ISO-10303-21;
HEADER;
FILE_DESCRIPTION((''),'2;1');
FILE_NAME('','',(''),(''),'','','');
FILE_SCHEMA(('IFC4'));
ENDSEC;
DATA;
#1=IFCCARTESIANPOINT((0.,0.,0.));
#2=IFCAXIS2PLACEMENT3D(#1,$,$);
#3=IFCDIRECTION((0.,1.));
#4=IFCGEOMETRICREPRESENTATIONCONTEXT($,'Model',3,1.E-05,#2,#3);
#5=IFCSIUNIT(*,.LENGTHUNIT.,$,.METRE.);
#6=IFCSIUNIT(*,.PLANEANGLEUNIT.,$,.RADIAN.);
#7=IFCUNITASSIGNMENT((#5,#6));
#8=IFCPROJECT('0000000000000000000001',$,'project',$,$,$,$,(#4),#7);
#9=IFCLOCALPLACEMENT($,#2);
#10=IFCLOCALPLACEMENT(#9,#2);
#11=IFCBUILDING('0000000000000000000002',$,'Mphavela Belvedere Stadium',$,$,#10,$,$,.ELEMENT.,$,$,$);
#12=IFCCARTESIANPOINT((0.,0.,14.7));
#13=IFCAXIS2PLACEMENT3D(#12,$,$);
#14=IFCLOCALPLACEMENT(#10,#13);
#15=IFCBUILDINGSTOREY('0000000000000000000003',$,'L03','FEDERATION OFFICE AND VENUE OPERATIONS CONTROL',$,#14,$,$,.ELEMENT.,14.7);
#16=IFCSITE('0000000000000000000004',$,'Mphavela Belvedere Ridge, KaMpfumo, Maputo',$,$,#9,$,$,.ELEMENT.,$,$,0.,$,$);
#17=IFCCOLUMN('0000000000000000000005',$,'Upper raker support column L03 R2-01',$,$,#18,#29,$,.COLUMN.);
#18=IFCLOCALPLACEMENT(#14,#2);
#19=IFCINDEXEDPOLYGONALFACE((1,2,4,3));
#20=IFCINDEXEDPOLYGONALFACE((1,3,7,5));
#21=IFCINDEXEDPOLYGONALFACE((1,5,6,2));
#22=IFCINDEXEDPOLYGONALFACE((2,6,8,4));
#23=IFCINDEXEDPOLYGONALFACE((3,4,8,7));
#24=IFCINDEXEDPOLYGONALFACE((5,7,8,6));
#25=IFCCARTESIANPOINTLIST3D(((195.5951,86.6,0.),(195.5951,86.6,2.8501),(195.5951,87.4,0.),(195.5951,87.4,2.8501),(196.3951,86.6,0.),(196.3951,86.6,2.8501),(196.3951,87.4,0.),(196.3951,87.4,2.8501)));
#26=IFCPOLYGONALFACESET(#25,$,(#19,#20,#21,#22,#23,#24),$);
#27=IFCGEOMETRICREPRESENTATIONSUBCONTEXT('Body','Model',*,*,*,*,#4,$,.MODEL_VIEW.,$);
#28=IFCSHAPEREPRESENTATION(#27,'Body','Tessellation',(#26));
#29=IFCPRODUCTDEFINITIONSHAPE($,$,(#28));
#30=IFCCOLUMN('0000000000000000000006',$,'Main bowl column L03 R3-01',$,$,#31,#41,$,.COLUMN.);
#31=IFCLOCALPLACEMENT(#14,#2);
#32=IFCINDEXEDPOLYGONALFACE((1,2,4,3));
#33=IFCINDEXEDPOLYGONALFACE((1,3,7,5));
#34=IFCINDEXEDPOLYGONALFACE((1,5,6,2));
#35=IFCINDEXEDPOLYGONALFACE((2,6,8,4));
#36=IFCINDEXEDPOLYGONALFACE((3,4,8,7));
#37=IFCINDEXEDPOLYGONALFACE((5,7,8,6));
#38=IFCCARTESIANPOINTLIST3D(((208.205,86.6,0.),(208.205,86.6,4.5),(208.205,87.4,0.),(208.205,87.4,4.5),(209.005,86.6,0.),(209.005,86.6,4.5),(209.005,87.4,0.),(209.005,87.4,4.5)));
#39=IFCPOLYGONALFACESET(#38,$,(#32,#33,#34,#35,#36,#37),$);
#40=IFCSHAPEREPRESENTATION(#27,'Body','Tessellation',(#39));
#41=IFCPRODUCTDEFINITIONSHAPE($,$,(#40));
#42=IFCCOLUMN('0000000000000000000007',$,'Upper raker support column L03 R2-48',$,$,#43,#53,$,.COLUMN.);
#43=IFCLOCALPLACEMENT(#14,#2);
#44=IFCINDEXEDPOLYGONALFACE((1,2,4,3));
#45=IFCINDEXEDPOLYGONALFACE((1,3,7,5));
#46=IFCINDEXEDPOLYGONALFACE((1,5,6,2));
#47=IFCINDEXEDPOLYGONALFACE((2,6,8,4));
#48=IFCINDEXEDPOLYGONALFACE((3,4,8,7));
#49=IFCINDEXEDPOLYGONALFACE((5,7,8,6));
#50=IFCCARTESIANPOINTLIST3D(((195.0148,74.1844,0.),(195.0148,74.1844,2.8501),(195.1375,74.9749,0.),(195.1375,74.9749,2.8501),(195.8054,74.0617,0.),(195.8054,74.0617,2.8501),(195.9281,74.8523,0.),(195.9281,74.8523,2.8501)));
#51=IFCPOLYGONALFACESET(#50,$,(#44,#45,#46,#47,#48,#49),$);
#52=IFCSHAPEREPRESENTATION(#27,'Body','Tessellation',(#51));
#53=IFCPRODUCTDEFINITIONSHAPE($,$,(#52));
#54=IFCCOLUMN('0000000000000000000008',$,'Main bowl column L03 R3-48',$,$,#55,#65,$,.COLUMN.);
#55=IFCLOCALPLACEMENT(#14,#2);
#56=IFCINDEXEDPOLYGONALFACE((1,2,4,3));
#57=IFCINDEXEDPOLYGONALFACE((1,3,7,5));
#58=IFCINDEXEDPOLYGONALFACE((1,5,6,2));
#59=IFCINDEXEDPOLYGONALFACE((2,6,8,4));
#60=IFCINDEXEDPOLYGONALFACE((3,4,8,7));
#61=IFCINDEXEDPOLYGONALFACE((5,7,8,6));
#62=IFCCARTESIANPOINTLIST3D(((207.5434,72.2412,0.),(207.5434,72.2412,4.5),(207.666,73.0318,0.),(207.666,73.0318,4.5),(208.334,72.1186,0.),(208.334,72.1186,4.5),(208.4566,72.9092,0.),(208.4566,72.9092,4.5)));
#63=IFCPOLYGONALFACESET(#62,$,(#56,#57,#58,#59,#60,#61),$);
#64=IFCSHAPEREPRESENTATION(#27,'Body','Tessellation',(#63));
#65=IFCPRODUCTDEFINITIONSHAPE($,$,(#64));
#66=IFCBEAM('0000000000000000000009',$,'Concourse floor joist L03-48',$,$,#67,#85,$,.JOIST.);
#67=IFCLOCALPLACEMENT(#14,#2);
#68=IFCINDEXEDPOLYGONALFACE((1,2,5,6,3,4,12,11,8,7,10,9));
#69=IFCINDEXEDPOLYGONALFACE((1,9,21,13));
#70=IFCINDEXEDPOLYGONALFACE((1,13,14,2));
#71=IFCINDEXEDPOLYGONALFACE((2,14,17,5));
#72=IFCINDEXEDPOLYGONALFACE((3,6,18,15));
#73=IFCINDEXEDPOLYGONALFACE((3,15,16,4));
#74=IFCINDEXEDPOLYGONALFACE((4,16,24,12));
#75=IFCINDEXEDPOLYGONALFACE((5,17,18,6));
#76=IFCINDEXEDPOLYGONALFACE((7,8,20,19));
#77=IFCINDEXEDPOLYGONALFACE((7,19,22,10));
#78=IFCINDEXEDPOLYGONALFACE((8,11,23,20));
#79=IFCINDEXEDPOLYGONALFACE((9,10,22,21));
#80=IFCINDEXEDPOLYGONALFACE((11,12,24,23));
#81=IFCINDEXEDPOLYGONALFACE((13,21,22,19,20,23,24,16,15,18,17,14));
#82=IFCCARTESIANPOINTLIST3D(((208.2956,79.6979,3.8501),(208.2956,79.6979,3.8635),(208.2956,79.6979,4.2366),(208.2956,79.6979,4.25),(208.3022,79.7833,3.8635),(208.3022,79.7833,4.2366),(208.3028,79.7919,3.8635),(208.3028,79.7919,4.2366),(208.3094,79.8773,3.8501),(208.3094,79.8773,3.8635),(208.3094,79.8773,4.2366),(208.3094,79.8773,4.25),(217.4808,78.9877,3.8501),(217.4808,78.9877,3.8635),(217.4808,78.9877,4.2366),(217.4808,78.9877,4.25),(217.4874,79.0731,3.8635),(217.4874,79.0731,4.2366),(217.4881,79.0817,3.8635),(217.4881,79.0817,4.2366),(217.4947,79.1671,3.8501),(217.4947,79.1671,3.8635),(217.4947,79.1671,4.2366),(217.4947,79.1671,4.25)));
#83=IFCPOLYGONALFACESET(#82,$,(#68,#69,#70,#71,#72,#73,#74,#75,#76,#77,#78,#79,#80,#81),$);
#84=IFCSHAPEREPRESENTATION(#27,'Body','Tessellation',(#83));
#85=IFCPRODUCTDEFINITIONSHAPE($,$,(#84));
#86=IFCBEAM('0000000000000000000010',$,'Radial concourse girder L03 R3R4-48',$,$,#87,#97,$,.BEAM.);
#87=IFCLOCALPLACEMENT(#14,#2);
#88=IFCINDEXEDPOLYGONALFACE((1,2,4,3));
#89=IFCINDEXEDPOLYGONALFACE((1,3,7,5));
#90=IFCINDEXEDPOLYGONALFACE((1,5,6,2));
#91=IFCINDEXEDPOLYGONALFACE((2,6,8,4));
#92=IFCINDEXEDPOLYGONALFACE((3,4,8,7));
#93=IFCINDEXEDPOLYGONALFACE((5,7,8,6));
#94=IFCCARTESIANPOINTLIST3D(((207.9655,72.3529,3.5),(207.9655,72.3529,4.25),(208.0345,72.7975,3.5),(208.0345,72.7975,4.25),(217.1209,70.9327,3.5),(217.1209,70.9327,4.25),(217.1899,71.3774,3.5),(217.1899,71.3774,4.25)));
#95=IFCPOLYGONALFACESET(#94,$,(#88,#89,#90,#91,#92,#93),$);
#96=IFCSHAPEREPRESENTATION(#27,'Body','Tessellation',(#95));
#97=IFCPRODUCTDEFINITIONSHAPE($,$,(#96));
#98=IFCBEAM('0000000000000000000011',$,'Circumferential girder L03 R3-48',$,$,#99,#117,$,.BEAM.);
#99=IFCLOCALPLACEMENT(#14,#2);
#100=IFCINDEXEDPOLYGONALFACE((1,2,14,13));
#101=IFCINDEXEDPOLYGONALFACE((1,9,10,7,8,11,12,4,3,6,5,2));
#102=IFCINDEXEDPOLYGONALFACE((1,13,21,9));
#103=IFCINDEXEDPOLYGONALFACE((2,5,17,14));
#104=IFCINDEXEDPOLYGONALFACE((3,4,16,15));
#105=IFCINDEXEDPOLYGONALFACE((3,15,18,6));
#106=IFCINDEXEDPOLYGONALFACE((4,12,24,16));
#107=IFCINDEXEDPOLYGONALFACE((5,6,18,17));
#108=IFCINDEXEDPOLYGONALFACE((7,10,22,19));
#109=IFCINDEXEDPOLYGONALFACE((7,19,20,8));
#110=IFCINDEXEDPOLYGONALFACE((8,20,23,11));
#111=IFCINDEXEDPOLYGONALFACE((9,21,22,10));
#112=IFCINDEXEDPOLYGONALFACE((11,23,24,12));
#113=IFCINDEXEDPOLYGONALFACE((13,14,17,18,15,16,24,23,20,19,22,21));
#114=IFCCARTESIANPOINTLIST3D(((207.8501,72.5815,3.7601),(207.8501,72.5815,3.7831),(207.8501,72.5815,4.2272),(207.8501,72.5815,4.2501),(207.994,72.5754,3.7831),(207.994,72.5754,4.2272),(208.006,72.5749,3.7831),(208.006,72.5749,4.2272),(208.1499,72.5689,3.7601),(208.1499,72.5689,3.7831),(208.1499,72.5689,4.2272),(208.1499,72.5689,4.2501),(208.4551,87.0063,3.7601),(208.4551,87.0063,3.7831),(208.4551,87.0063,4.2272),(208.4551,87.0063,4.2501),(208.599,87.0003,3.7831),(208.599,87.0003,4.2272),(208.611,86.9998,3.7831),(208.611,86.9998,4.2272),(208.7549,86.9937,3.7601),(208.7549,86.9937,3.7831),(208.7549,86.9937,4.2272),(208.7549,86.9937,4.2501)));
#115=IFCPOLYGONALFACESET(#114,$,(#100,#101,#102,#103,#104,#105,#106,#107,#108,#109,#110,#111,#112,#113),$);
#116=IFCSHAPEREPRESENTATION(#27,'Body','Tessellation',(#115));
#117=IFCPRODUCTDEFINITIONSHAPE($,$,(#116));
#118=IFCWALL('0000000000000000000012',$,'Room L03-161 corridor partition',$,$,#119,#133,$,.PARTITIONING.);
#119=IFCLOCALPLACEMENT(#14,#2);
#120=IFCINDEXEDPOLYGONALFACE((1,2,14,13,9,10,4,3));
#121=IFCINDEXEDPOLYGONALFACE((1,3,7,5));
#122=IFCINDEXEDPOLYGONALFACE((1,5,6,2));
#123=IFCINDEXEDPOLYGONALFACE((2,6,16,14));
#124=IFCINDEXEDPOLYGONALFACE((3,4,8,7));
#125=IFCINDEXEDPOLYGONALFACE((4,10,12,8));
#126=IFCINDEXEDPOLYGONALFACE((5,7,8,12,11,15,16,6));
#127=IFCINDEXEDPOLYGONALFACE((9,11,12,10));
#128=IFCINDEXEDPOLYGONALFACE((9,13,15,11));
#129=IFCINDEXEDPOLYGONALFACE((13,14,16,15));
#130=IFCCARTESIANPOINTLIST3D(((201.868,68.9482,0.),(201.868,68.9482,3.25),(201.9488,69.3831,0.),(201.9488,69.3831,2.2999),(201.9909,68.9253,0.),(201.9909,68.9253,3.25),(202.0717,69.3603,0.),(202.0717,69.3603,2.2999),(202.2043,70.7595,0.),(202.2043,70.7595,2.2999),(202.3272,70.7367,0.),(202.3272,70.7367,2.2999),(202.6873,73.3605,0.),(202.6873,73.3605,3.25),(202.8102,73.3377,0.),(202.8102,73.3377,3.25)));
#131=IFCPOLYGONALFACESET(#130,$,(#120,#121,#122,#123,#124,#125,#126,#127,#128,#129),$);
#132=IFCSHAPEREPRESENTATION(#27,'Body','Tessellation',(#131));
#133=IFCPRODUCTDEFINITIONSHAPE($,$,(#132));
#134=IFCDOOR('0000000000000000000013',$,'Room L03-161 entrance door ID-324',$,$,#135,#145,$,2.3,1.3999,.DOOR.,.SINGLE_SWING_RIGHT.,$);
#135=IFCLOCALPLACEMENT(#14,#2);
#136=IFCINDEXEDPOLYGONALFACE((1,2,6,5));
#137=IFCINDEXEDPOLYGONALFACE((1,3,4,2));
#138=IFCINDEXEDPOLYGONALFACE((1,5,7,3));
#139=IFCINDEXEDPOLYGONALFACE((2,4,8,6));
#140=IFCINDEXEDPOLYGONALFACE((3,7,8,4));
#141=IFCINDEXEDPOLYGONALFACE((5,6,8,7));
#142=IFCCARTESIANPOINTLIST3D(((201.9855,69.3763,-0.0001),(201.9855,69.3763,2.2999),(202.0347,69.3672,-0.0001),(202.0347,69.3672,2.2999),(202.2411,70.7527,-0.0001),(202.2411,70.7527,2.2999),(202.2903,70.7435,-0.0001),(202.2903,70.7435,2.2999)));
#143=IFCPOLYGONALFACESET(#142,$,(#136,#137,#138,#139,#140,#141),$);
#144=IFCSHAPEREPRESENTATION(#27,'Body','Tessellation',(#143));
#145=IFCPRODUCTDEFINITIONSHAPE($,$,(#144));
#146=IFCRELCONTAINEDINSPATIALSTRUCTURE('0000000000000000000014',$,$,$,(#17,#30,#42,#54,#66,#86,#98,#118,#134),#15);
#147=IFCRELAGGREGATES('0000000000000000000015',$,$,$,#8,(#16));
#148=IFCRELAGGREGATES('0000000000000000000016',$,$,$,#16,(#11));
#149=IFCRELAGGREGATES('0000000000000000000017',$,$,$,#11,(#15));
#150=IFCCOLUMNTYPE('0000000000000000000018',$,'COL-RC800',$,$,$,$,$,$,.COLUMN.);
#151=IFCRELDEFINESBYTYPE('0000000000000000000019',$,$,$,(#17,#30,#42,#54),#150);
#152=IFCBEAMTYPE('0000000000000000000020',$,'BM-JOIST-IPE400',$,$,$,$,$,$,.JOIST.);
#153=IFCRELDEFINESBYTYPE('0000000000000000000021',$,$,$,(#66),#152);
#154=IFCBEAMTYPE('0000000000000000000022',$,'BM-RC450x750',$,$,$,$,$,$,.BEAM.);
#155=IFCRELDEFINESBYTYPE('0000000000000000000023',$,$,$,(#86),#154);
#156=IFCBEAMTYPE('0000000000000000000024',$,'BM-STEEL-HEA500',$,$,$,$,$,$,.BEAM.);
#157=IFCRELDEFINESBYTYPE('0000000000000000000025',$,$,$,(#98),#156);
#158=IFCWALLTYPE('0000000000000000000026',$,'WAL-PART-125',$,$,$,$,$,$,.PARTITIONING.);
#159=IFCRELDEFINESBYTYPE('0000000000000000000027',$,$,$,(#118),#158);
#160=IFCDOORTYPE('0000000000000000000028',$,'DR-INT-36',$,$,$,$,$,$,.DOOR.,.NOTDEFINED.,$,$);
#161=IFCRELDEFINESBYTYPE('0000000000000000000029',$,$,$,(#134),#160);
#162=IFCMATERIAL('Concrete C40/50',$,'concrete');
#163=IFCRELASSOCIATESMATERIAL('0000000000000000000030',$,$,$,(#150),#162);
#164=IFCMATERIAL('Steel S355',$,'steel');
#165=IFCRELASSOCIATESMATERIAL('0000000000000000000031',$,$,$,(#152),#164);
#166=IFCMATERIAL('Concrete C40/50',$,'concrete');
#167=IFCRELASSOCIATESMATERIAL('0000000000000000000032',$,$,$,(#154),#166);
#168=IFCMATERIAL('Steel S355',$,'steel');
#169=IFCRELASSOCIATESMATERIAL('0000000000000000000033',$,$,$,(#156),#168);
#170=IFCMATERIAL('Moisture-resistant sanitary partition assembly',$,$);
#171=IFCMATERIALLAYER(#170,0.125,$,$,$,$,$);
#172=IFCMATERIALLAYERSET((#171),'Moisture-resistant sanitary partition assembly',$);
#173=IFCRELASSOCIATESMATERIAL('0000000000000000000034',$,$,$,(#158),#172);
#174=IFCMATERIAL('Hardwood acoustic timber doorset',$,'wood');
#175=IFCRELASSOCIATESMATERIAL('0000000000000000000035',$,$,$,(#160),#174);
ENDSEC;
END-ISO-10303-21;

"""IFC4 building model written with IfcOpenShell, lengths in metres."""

from ifc_helpers import new_model, si_unit, direction, frame, frame_2d, origin, origin_2d, place, context, subcontext, project, spatial, rectangle, i_section, extrude, material, layer, layer_set, material_profile, profile_set, type_object, element, fill, save


model = new_model("IFC4")

# Units and contexts
model_context = context("Model", 3, precision=1e-05, world=origin(), true_north=direction((0.0, 1.0)))
body_context = subcontext(model_context, "Body", "Model", "MODEL_VIEW")
ifc_project = project(units=[si_unit("LENGTHUNIT", "METRE"), si_unit("PLANEANGLEUNIT", "RADIAN")], contexts=[model_context])

# Site, building, storey
site_placement = place(None, origin())
site = spatial("IfcSite", under=ifc_project, at=site_placement, Name="Mphavela Belvedere Ridge, KaMpfumo, Maputo", CompositionType="ELEMENT", RefElevation=0.0)
building_placement = place(site_placement, origin())
building = spatial("IfcBuilding", under=site, at=building_placement, Name="Mphavela Belvedere Stadium", CompositionType="ELEMENT")
storey_placement = place(building_placement, frame((0.0, 0.0, 14.7)))
storey = spatial("IfcBuildingStorey", under=building, at=storey_placement, Name="L03", Description="FEDERATION OFFICE AND VENUE OPERATIONS CONTROL", CompositionType="ELEMENT", Elevation=14.7)

# Columns
ifc_material_1 = material(Name="Concrete C40/50", Category="concrete")
ifc_material_profile_1 = material_profile(ifc_material_1, rectangle(XDim=0.8, YDim=0.8, at=origin_2d()), Name="RC 800x800")
ifc_profile_set_1 = profile_set([ifc_material_profile_1], Name="Concrete C40/50")
column_type = type_object("IfcColumnType", Name="COL-RC800", PredefinedType="COLUMN", material=ifc_profile_set_1)
column_1_placement = place(storey_placement, frame((195.9951, 87.0, 0.0), z_axis=(0.0, 0.0, 1.0), x_axis=(1.0, 0.0, 0.0)))
element("IfcColumn", 1, at=column_1_placement, inside=storey, type_object=column_type, Name="Upper raker support column L03 R2-01", PredefinedType="COLUMN", context=body_context, shape_type="SweptSolid", body=[
    extrude(rectangle(XDim=0.8, YDim=0.8, at=origin_2d()), origin(), (0.0, 0.0, 1.0), 2.8501),
])
column_2_placement = place(storey_placement, frame((208.605, 87.0, 0.0), z_axis=(0.0, 0.0, 1.0), x_axis=(1.0, 0.0, 0.0)))
element("IfcColumn", 2, at=column_2_placement, inside=storey, type_object=column_type, Name="Main bowl column L03 R3-01", PredefinedType="COLUMN", context=body_context, shape_type="SweptSolid", body=[
    extrude(rectangle(XDim=0.8, YDim=0.8, at=origin_2d()), origin(), (0.0, 0.0, 1.0), 4.5),
])
column_3_placement = place(storey_placement, frame((195.4714, 74.5183, 0.0), z_axis=(0.0, 0.0, 1.0), x_axis=(0.988175, -0.153331, 0.0)))
element("IfcColumn", 3, at=column_3_placement, inside=storey, type_object=column_type, Name="Upper raker support column L03 R2-48", PredefinedType="COLUMN", context=body_context, shape_type="SweptSolid", body=[
    extrude(rectangle(XDim=0.8, YDim=0.8, at=origin_2d()), origin(), (0.0, 0.0, 1.0), 2.8501),
])
column_4_placement = place(storey_placement, frame((208.0, 72.5752, 0.0), z_axis=(0.0, 0.0, 1.0), x_axis=(0.988175, -0.153331, 0.0)))
element("IfcColumn", 4, at=column_4_placement, inside=storey, type_object=column_type, Name="Main bowl column L03 R3-48", PredefinedType="COLUMN", context=body_context, shape_type="SweptSolid", body=[
    extrude(rectangle(XDim=0.8, YDim=0.8, at=origin_2d()), origin(), (0.0, 0.0, 1.0), 4.5),
])

# Beams
ifc_material_2 = material(Name="Steel S355", Category="steel")
ifc_material_profile_2 = material_profile(ifc_material_2, i_section(OverallWidth=0.1799, OverallDepth=0.3999, WebThickness=0.0085, FlangeThickness=0.0134, at=origin_2d()), Name="IPE 400")
ifc_profile_set_2 = profile_set([ifc_material_profile_2], Name="Steel S355")
beam_type_1 = type_object("IfcBeamType", Name="BM-JOIST-IPE400", PredefinedType="JOIST", material=ifc_profile_set_2)
beam_1_placement = place(storey_placement, frame((208.3025, 79.7876, 4.05), z_axis=(0.997024, -0.07709, 0.0), x_axis=(0.07709, 0.997024, 0.0)))
element("IfcBeam", 5, at=beam_1_placement, inside=storey, type_object=beam_type_1, Name="Concourse floor joist L03-48", PredefinedType="JOIST", context=body_context, shape_type="SweptSolid", body=[
    extrude(i_section(OverallWidth=0.1799, OverallDepth=0.3999, WebThickness=0.0085, FlangeThickness=0.0134, at=origin_2d()), origin(), (0.0, 0.0, 1.0), 9.2126),
])
ifc_material_3 = material(Name="Concrete C40/50", Category="concrete")
ifc_material_profile_3 = material_profile(ifc_material_3, rectangle(XDim=0.45, YDim=0.75, at=origin_2d()), Name="RC 450x750")
ifc_profile_set_3 = profile_set([ifc_material_profile_3], Name="Concrete C40/50")
beam_type_2 = type_object("IfcBeamType", Name="BM-RC450x750", PredefinedType="BEAM", material=ifc_profile_set_3)
beam_2_placement = place(storey_placement, frame((208.0, 72.5752, 3.875), z_axis=(0.988182, -0.153283, 0.0), x_axis=(0.153283, 0.988182, 0.0)))
element("IfcBeam", 6, at=beam_2_placement, inside=storey, type_object=beam_type_2, Name="Radial concourse girder L03 R3R4-48", PredefinedType="BEAM", context=body_context, shape_type="SweptSolid", body=[
    extrude(rectangle(XDim=0.45, YDim=0.75, at=origin_2d()), origin(), (0.0, 0.0, 1.0), 9.2649),
])
ifc_material_4 = material(Name="Steel S355", Category="steel")
ifc_material_profile_4 = material_profile(ifc_material_4, i_section(OverallWidth=0.3, OverallDepth=0.49, WebThickness=0.012, FlangeThickness=0.0229, at=origin_2d()), Name="HEA 500")
ifc_profile_set_4 = profile_set([ifc_material_profile_4], Name="Steel S355")
beam_type_3 = type_object("IfcBeamType", Name="BM-STEEL-HEA500", PredefinedType="BEAM", material=ifc_profile_set_4)
beam_3_placement = place(storey_placement, frame((208.0, 72.5752, 4.0051), z_axis=(0.041903, 0.999122, 0.0), x_axis=(-0.999122, 0.041903, 0.0)))
element("IfcBeam", 7, at=beam_3_placement, inside=storey, type_object=beam_type_3, Name="Circumferential girder L03 R3-48", PredefinedType="BEAM", context=body_context, shape_type="SweptSolid", body=[
    extrude(i_section(OverallWidth=0.3, OverallDepth=0.49, WebThickness=0.012, FlangeThickness=0.0229, at=origin_2d()), origin(), (0.0, 0.0, 1.0), 14.4375),
])

# Wall, opening, door
ifc_material_5 = material(Name="Moisture-resistant sanitary partition assembly")
ifc_layer_1 = layer(ifc_material_5, 0.125)
ifc_layer_set_1 = layer_set([ifc_layer_1], Name="Moisture-resistant sanitary partition assembly")
wall_type_1 = type_object("IfcWallType", Name="WAL-PART-125", PredefinedType="PARTITIONING", material=ifc_layer_set_1)
wall_1_placement = place(storey_placement, frame((202.7488, 73.3491, 0.0), z_axis=(0.0, 0.0, 1.0), x_axis=(-0.18257, -0.983193, 0.0)))
wall_1 = element("IfcWall", 8, at=wall_1_placement, inside=storey, type_object=wall_type_1, Name="Room L03-161 corridor partition", PredefinedType="PARTITIONING", context=body_context, shape_type="SweptSolid", body=[
    extrude(rectangle(XDim=4.4878, YDim=0.125, at=frame_2d((2.2439, 0.0))), origin(), (0.0, 0.0, 1.0), 3.25),
])
opening_1_placement = place(wall_1_placement, frame((2.6455, 0.0, 0.0)))
opening_1 = element("IfcOpeningElement", 9, at=opening_1_placement, cuts=wall_1, PredefinedType="OPENING", context=body_context, shape_type="SweptSolid", body=[
    extrude(rectangle(XDim=1.3999, YDim=2.3, at=frame_2d((0.7, 1.1499))), frame((0.0, 0.0725, 0.0), z_axis=(0.0, -1.0, 0.0), x_axis=(1.0, 0.0, 0.0)), (0.0, 0.0, 1.0), 0.145),
])
ifc_material_6 = material(Name="Hardwood acoustic timber doorset", Category="wood")
door_type_1 = type_object("IfcDoorType", Name="DR-INT-36", OperationType="NOTDEFINED", PredefinedType="DOOR", material=ifc_material_6)
door_1_placement = place(opening_1_placement, origin())
door_1 = element("IfcDoor", 10, at=door_1_placement, inside=storey, type_object=door_type_1, Name="Room L03-161 entrance door ID-324", OperationType="SINGLE_SWING_RIGHT", OverallHeight=2.3, OverallWidth=1.3999, PredefinedType="DOOR", context=body_context, shape_type="SweptSolid", body=[
    extrude(rectangle(XDim=1.3999, YDim=2.3, at=frame_2d((0.7, 1.1499))), frame((0.0, 0.0249, 0.0), z_axis=(0.0, -1.0, 0.0), x_axis=(1.0, 0.0, 0.0)), (0.0, 0.0, 1.0), 0.05),
])
fill(opening_1, door_1)

save(model, "model.ifc")
